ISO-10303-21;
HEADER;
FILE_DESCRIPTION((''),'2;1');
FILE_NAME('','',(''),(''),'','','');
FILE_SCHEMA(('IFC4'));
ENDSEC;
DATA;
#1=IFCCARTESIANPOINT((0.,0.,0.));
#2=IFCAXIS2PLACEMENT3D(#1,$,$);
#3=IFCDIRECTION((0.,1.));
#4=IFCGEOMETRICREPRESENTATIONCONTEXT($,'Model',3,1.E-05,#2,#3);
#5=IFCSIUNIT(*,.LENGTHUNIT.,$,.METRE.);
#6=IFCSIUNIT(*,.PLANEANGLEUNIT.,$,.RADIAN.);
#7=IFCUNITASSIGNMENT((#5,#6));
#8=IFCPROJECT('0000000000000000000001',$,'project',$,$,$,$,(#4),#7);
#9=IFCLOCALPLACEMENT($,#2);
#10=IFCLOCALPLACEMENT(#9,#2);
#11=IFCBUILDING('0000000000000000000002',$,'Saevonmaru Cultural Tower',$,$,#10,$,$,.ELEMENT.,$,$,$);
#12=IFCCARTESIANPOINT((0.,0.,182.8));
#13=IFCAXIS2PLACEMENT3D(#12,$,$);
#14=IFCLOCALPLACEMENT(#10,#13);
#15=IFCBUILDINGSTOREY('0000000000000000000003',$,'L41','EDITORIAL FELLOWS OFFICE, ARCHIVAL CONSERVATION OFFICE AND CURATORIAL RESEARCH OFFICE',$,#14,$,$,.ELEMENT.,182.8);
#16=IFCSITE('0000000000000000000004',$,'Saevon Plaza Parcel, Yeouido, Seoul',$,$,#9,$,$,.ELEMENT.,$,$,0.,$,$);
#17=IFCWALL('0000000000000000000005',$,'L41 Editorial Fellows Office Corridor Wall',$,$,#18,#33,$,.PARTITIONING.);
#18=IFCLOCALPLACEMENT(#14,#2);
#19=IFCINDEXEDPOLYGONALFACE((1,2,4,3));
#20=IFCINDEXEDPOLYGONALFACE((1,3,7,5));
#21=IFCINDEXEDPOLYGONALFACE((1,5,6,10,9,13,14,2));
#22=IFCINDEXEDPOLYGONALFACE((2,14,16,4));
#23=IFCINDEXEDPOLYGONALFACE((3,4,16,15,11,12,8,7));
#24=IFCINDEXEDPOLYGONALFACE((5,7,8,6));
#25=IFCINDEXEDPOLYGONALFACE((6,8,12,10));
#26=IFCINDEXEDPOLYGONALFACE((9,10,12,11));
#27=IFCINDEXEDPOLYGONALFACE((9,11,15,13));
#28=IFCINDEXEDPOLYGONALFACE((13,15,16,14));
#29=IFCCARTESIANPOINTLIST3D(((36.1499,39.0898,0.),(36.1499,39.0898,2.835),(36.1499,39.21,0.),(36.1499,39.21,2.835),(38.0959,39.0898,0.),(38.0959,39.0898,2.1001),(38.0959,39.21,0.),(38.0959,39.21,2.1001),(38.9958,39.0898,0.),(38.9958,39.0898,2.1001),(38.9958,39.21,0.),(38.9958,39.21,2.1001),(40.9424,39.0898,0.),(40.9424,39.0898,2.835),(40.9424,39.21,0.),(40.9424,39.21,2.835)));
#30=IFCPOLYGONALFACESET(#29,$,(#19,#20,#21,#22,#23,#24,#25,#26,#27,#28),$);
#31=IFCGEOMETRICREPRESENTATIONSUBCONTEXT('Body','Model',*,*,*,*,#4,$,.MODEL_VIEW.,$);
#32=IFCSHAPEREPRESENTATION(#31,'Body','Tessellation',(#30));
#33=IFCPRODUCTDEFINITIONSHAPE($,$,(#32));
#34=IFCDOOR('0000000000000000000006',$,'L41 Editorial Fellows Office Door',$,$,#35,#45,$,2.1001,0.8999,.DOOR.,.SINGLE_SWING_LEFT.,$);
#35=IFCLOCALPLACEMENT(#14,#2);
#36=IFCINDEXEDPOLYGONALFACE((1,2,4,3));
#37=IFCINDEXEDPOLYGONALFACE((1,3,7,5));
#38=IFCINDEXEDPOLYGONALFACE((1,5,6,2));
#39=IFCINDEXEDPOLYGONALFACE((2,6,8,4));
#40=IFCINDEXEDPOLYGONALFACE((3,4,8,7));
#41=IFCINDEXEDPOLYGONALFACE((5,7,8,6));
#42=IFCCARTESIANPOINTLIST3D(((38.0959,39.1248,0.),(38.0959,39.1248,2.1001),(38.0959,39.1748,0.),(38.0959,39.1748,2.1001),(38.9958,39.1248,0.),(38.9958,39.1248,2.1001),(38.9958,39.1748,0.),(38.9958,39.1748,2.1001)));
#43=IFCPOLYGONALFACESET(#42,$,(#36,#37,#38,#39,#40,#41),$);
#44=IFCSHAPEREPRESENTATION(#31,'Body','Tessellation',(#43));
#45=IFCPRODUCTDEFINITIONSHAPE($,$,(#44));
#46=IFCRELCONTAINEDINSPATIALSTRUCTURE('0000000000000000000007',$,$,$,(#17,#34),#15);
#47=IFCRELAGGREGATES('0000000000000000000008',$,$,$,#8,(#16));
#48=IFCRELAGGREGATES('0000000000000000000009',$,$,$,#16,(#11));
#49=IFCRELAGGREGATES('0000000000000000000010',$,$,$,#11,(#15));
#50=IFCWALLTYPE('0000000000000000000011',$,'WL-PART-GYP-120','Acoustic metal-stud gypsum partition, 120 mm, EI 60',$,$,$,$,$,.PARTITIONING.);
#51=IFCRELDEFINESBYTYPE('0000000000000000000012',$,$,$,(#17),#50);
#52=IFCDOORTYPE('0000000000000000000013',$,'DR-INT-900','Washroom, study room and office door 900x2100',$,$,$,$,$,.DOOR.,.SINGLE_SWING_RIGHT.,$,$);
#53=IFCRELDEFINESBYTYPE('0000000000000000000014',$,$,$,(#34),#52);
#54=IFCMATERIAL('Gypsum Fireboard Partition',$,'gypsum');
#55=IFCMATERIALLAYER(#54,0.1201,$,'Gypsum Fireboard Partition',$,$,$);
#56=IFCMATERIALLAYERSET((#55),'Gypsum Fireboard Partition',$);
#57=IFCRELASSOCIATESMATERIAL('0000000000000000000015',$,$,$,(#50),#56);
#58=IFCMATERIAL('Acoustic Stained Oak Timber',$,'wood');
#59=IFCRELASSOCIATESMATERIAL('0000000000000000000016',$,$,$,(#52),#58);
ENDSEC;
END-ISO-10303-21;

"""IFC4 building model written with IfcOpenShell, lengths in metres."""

from ifc_helpers import new_model, si_unit, direction, frame, frame_2d, origin, place, context, subcontext, project, spatial, rectangle, extrude, material, layer, layer_set, type_object, element, fill, save


model = new_model("IFC4")

# Units and contexts
model_context = context("Model", 3, precision=1e-05, world=origin(), true_north=direction((0.0, 1.0)))
body_context = subcontext(model_context, "Body", "Model", "MODEL_VIEW")
ifc_project = project(units=[si_unit("LENGTHUNIT", "METRE"), si_unit("PLANEANGLEUNIT", "RADIAN")], contexts=[model_context])

# Site, building, storey
site_placement = place(None, origin())
site = spatial("IfcSite", under=ifc_project, at=site_placement, Name="Saevon Plaza Parcel, Yeouido, Seoul", CompositionType="ELEMENT", RefElevation=0.0)
building_placement = place(site_placement, origin())
building = spatial("IfcBuilding", under=site, at=building_placement, Name="Saevonmaru Cultural Tower", CompositionType="ELEMENT")
storey_placement = place(building_placement, frame((0.0, 0.0, 182.8)))
storey = spatial("IfcBuildingStorey", under=building, at=storey_placement, Name="L41", Description="EDITORIAL FELLOWS OFFICE, ARCHIVAL CONSERVATION OFFICE AND CURATORIAL RESEARCH OFFICE", CompositionType="ELEMENT", Elevation=182.8)

# Shared definitions
ifc_material_1 = material(Name="Gypsum Fireboard Partition", Category="gypsum")
ifc_layer_1 = layer(ifc_material_1, 0.1201, Name="Gypsum Fireboard Partition")
ifc_layer_set_1 = layer_set([ifc_layer_1], Name="Gypsum Fireboard Partition")
wall_type_1 = type_object("IfcWallType", Name="WL-PART-GYP-120", Description="Acoustic metal-stud gypsum partition, 120 mm, EI 60", PredefinedType="PARTITIONING", material=ifc_layer_set_1)

# Wall, opening, door
ifc_material_2 = material(Name="Acoustic Stained Oak Timber", Category="wood")
door_type = type_object("IfcDoorType", Name="DR-INT-900", Description="Washroom, study room and office door 900x2100", OperationType="SINGLE_SWING_RIGHT", PredefinedType="DOOR", material=ifc_material_2)
wall_1_placement = place(storey_placement, frame((36.1499, 39.1499, 0.0), z_axis=(0.0, 0.0, 1.0), x_axis=(1.0, 0.0, 0.0)))
wall_1 = element("IfcWall", 1, at=wall_1_placement, inside=storey, type_object=wall_type_1, Name="L41 Editorial Fellows Office Corridor Wall", PredefinedType="PARTITIONING", context=body_context, shape_type="SweptSolid", body=[
    extrude(rectangle(XDim=4.7925, YDim=0.1201, at=frame_2d((2.3962, 0.0))), origin(), (0.0, 0.0, 1.0), 2.835),
])
opening_1_placement = place(wall_1_placement, frame((1.946, 0.0, 0.0)))
opening_1 = element("IfcOpeningElement", 2, at=opening_1_placement, cuts=wall_1, PredefinedType="OPENING", context=body_context, shape_type="SweptSolid", body=[
    extrude(rectangle(XDim=0.8999, YDim=2.1001, at=frame_2d((0.45, 1.05))), frame((0.0, 0.0701, 0.0), z_axis=(0.0, -1.0, 0.0), x_axis=(1.0, 0.0, 0.0)), (0.0, 0.0, 1.0), 0.1401),
])
door_1_placement = place(opening_1_placement, origin())
door_1 = element("IfcDoor", 3, at=door_1_placement, inside=storey, type_object=door_type, Name="L41 Editorial Fellows Office Door", OperationType="SINGLE_SWING_LEFT", OverallHeight=2.1001, OverallWidth=0.8999, PredefinedType="DOOR", context=body_context, shape_type="SweptSolid", body=[
    extrude(rectangle(XDim=0.8999, YDim=2.1001, at=frame_2d((0.45, 1.05))), frame((0.0, 0.0249, 0.0), z_axis=(0.0, -1.0, 0.0), x_axis=(1.0, 0.0, 0.0)), (0.0, 0.0, 1.0), 0.05),
])
fill(opening_1, door_1)

save(model, "model.ifc")
